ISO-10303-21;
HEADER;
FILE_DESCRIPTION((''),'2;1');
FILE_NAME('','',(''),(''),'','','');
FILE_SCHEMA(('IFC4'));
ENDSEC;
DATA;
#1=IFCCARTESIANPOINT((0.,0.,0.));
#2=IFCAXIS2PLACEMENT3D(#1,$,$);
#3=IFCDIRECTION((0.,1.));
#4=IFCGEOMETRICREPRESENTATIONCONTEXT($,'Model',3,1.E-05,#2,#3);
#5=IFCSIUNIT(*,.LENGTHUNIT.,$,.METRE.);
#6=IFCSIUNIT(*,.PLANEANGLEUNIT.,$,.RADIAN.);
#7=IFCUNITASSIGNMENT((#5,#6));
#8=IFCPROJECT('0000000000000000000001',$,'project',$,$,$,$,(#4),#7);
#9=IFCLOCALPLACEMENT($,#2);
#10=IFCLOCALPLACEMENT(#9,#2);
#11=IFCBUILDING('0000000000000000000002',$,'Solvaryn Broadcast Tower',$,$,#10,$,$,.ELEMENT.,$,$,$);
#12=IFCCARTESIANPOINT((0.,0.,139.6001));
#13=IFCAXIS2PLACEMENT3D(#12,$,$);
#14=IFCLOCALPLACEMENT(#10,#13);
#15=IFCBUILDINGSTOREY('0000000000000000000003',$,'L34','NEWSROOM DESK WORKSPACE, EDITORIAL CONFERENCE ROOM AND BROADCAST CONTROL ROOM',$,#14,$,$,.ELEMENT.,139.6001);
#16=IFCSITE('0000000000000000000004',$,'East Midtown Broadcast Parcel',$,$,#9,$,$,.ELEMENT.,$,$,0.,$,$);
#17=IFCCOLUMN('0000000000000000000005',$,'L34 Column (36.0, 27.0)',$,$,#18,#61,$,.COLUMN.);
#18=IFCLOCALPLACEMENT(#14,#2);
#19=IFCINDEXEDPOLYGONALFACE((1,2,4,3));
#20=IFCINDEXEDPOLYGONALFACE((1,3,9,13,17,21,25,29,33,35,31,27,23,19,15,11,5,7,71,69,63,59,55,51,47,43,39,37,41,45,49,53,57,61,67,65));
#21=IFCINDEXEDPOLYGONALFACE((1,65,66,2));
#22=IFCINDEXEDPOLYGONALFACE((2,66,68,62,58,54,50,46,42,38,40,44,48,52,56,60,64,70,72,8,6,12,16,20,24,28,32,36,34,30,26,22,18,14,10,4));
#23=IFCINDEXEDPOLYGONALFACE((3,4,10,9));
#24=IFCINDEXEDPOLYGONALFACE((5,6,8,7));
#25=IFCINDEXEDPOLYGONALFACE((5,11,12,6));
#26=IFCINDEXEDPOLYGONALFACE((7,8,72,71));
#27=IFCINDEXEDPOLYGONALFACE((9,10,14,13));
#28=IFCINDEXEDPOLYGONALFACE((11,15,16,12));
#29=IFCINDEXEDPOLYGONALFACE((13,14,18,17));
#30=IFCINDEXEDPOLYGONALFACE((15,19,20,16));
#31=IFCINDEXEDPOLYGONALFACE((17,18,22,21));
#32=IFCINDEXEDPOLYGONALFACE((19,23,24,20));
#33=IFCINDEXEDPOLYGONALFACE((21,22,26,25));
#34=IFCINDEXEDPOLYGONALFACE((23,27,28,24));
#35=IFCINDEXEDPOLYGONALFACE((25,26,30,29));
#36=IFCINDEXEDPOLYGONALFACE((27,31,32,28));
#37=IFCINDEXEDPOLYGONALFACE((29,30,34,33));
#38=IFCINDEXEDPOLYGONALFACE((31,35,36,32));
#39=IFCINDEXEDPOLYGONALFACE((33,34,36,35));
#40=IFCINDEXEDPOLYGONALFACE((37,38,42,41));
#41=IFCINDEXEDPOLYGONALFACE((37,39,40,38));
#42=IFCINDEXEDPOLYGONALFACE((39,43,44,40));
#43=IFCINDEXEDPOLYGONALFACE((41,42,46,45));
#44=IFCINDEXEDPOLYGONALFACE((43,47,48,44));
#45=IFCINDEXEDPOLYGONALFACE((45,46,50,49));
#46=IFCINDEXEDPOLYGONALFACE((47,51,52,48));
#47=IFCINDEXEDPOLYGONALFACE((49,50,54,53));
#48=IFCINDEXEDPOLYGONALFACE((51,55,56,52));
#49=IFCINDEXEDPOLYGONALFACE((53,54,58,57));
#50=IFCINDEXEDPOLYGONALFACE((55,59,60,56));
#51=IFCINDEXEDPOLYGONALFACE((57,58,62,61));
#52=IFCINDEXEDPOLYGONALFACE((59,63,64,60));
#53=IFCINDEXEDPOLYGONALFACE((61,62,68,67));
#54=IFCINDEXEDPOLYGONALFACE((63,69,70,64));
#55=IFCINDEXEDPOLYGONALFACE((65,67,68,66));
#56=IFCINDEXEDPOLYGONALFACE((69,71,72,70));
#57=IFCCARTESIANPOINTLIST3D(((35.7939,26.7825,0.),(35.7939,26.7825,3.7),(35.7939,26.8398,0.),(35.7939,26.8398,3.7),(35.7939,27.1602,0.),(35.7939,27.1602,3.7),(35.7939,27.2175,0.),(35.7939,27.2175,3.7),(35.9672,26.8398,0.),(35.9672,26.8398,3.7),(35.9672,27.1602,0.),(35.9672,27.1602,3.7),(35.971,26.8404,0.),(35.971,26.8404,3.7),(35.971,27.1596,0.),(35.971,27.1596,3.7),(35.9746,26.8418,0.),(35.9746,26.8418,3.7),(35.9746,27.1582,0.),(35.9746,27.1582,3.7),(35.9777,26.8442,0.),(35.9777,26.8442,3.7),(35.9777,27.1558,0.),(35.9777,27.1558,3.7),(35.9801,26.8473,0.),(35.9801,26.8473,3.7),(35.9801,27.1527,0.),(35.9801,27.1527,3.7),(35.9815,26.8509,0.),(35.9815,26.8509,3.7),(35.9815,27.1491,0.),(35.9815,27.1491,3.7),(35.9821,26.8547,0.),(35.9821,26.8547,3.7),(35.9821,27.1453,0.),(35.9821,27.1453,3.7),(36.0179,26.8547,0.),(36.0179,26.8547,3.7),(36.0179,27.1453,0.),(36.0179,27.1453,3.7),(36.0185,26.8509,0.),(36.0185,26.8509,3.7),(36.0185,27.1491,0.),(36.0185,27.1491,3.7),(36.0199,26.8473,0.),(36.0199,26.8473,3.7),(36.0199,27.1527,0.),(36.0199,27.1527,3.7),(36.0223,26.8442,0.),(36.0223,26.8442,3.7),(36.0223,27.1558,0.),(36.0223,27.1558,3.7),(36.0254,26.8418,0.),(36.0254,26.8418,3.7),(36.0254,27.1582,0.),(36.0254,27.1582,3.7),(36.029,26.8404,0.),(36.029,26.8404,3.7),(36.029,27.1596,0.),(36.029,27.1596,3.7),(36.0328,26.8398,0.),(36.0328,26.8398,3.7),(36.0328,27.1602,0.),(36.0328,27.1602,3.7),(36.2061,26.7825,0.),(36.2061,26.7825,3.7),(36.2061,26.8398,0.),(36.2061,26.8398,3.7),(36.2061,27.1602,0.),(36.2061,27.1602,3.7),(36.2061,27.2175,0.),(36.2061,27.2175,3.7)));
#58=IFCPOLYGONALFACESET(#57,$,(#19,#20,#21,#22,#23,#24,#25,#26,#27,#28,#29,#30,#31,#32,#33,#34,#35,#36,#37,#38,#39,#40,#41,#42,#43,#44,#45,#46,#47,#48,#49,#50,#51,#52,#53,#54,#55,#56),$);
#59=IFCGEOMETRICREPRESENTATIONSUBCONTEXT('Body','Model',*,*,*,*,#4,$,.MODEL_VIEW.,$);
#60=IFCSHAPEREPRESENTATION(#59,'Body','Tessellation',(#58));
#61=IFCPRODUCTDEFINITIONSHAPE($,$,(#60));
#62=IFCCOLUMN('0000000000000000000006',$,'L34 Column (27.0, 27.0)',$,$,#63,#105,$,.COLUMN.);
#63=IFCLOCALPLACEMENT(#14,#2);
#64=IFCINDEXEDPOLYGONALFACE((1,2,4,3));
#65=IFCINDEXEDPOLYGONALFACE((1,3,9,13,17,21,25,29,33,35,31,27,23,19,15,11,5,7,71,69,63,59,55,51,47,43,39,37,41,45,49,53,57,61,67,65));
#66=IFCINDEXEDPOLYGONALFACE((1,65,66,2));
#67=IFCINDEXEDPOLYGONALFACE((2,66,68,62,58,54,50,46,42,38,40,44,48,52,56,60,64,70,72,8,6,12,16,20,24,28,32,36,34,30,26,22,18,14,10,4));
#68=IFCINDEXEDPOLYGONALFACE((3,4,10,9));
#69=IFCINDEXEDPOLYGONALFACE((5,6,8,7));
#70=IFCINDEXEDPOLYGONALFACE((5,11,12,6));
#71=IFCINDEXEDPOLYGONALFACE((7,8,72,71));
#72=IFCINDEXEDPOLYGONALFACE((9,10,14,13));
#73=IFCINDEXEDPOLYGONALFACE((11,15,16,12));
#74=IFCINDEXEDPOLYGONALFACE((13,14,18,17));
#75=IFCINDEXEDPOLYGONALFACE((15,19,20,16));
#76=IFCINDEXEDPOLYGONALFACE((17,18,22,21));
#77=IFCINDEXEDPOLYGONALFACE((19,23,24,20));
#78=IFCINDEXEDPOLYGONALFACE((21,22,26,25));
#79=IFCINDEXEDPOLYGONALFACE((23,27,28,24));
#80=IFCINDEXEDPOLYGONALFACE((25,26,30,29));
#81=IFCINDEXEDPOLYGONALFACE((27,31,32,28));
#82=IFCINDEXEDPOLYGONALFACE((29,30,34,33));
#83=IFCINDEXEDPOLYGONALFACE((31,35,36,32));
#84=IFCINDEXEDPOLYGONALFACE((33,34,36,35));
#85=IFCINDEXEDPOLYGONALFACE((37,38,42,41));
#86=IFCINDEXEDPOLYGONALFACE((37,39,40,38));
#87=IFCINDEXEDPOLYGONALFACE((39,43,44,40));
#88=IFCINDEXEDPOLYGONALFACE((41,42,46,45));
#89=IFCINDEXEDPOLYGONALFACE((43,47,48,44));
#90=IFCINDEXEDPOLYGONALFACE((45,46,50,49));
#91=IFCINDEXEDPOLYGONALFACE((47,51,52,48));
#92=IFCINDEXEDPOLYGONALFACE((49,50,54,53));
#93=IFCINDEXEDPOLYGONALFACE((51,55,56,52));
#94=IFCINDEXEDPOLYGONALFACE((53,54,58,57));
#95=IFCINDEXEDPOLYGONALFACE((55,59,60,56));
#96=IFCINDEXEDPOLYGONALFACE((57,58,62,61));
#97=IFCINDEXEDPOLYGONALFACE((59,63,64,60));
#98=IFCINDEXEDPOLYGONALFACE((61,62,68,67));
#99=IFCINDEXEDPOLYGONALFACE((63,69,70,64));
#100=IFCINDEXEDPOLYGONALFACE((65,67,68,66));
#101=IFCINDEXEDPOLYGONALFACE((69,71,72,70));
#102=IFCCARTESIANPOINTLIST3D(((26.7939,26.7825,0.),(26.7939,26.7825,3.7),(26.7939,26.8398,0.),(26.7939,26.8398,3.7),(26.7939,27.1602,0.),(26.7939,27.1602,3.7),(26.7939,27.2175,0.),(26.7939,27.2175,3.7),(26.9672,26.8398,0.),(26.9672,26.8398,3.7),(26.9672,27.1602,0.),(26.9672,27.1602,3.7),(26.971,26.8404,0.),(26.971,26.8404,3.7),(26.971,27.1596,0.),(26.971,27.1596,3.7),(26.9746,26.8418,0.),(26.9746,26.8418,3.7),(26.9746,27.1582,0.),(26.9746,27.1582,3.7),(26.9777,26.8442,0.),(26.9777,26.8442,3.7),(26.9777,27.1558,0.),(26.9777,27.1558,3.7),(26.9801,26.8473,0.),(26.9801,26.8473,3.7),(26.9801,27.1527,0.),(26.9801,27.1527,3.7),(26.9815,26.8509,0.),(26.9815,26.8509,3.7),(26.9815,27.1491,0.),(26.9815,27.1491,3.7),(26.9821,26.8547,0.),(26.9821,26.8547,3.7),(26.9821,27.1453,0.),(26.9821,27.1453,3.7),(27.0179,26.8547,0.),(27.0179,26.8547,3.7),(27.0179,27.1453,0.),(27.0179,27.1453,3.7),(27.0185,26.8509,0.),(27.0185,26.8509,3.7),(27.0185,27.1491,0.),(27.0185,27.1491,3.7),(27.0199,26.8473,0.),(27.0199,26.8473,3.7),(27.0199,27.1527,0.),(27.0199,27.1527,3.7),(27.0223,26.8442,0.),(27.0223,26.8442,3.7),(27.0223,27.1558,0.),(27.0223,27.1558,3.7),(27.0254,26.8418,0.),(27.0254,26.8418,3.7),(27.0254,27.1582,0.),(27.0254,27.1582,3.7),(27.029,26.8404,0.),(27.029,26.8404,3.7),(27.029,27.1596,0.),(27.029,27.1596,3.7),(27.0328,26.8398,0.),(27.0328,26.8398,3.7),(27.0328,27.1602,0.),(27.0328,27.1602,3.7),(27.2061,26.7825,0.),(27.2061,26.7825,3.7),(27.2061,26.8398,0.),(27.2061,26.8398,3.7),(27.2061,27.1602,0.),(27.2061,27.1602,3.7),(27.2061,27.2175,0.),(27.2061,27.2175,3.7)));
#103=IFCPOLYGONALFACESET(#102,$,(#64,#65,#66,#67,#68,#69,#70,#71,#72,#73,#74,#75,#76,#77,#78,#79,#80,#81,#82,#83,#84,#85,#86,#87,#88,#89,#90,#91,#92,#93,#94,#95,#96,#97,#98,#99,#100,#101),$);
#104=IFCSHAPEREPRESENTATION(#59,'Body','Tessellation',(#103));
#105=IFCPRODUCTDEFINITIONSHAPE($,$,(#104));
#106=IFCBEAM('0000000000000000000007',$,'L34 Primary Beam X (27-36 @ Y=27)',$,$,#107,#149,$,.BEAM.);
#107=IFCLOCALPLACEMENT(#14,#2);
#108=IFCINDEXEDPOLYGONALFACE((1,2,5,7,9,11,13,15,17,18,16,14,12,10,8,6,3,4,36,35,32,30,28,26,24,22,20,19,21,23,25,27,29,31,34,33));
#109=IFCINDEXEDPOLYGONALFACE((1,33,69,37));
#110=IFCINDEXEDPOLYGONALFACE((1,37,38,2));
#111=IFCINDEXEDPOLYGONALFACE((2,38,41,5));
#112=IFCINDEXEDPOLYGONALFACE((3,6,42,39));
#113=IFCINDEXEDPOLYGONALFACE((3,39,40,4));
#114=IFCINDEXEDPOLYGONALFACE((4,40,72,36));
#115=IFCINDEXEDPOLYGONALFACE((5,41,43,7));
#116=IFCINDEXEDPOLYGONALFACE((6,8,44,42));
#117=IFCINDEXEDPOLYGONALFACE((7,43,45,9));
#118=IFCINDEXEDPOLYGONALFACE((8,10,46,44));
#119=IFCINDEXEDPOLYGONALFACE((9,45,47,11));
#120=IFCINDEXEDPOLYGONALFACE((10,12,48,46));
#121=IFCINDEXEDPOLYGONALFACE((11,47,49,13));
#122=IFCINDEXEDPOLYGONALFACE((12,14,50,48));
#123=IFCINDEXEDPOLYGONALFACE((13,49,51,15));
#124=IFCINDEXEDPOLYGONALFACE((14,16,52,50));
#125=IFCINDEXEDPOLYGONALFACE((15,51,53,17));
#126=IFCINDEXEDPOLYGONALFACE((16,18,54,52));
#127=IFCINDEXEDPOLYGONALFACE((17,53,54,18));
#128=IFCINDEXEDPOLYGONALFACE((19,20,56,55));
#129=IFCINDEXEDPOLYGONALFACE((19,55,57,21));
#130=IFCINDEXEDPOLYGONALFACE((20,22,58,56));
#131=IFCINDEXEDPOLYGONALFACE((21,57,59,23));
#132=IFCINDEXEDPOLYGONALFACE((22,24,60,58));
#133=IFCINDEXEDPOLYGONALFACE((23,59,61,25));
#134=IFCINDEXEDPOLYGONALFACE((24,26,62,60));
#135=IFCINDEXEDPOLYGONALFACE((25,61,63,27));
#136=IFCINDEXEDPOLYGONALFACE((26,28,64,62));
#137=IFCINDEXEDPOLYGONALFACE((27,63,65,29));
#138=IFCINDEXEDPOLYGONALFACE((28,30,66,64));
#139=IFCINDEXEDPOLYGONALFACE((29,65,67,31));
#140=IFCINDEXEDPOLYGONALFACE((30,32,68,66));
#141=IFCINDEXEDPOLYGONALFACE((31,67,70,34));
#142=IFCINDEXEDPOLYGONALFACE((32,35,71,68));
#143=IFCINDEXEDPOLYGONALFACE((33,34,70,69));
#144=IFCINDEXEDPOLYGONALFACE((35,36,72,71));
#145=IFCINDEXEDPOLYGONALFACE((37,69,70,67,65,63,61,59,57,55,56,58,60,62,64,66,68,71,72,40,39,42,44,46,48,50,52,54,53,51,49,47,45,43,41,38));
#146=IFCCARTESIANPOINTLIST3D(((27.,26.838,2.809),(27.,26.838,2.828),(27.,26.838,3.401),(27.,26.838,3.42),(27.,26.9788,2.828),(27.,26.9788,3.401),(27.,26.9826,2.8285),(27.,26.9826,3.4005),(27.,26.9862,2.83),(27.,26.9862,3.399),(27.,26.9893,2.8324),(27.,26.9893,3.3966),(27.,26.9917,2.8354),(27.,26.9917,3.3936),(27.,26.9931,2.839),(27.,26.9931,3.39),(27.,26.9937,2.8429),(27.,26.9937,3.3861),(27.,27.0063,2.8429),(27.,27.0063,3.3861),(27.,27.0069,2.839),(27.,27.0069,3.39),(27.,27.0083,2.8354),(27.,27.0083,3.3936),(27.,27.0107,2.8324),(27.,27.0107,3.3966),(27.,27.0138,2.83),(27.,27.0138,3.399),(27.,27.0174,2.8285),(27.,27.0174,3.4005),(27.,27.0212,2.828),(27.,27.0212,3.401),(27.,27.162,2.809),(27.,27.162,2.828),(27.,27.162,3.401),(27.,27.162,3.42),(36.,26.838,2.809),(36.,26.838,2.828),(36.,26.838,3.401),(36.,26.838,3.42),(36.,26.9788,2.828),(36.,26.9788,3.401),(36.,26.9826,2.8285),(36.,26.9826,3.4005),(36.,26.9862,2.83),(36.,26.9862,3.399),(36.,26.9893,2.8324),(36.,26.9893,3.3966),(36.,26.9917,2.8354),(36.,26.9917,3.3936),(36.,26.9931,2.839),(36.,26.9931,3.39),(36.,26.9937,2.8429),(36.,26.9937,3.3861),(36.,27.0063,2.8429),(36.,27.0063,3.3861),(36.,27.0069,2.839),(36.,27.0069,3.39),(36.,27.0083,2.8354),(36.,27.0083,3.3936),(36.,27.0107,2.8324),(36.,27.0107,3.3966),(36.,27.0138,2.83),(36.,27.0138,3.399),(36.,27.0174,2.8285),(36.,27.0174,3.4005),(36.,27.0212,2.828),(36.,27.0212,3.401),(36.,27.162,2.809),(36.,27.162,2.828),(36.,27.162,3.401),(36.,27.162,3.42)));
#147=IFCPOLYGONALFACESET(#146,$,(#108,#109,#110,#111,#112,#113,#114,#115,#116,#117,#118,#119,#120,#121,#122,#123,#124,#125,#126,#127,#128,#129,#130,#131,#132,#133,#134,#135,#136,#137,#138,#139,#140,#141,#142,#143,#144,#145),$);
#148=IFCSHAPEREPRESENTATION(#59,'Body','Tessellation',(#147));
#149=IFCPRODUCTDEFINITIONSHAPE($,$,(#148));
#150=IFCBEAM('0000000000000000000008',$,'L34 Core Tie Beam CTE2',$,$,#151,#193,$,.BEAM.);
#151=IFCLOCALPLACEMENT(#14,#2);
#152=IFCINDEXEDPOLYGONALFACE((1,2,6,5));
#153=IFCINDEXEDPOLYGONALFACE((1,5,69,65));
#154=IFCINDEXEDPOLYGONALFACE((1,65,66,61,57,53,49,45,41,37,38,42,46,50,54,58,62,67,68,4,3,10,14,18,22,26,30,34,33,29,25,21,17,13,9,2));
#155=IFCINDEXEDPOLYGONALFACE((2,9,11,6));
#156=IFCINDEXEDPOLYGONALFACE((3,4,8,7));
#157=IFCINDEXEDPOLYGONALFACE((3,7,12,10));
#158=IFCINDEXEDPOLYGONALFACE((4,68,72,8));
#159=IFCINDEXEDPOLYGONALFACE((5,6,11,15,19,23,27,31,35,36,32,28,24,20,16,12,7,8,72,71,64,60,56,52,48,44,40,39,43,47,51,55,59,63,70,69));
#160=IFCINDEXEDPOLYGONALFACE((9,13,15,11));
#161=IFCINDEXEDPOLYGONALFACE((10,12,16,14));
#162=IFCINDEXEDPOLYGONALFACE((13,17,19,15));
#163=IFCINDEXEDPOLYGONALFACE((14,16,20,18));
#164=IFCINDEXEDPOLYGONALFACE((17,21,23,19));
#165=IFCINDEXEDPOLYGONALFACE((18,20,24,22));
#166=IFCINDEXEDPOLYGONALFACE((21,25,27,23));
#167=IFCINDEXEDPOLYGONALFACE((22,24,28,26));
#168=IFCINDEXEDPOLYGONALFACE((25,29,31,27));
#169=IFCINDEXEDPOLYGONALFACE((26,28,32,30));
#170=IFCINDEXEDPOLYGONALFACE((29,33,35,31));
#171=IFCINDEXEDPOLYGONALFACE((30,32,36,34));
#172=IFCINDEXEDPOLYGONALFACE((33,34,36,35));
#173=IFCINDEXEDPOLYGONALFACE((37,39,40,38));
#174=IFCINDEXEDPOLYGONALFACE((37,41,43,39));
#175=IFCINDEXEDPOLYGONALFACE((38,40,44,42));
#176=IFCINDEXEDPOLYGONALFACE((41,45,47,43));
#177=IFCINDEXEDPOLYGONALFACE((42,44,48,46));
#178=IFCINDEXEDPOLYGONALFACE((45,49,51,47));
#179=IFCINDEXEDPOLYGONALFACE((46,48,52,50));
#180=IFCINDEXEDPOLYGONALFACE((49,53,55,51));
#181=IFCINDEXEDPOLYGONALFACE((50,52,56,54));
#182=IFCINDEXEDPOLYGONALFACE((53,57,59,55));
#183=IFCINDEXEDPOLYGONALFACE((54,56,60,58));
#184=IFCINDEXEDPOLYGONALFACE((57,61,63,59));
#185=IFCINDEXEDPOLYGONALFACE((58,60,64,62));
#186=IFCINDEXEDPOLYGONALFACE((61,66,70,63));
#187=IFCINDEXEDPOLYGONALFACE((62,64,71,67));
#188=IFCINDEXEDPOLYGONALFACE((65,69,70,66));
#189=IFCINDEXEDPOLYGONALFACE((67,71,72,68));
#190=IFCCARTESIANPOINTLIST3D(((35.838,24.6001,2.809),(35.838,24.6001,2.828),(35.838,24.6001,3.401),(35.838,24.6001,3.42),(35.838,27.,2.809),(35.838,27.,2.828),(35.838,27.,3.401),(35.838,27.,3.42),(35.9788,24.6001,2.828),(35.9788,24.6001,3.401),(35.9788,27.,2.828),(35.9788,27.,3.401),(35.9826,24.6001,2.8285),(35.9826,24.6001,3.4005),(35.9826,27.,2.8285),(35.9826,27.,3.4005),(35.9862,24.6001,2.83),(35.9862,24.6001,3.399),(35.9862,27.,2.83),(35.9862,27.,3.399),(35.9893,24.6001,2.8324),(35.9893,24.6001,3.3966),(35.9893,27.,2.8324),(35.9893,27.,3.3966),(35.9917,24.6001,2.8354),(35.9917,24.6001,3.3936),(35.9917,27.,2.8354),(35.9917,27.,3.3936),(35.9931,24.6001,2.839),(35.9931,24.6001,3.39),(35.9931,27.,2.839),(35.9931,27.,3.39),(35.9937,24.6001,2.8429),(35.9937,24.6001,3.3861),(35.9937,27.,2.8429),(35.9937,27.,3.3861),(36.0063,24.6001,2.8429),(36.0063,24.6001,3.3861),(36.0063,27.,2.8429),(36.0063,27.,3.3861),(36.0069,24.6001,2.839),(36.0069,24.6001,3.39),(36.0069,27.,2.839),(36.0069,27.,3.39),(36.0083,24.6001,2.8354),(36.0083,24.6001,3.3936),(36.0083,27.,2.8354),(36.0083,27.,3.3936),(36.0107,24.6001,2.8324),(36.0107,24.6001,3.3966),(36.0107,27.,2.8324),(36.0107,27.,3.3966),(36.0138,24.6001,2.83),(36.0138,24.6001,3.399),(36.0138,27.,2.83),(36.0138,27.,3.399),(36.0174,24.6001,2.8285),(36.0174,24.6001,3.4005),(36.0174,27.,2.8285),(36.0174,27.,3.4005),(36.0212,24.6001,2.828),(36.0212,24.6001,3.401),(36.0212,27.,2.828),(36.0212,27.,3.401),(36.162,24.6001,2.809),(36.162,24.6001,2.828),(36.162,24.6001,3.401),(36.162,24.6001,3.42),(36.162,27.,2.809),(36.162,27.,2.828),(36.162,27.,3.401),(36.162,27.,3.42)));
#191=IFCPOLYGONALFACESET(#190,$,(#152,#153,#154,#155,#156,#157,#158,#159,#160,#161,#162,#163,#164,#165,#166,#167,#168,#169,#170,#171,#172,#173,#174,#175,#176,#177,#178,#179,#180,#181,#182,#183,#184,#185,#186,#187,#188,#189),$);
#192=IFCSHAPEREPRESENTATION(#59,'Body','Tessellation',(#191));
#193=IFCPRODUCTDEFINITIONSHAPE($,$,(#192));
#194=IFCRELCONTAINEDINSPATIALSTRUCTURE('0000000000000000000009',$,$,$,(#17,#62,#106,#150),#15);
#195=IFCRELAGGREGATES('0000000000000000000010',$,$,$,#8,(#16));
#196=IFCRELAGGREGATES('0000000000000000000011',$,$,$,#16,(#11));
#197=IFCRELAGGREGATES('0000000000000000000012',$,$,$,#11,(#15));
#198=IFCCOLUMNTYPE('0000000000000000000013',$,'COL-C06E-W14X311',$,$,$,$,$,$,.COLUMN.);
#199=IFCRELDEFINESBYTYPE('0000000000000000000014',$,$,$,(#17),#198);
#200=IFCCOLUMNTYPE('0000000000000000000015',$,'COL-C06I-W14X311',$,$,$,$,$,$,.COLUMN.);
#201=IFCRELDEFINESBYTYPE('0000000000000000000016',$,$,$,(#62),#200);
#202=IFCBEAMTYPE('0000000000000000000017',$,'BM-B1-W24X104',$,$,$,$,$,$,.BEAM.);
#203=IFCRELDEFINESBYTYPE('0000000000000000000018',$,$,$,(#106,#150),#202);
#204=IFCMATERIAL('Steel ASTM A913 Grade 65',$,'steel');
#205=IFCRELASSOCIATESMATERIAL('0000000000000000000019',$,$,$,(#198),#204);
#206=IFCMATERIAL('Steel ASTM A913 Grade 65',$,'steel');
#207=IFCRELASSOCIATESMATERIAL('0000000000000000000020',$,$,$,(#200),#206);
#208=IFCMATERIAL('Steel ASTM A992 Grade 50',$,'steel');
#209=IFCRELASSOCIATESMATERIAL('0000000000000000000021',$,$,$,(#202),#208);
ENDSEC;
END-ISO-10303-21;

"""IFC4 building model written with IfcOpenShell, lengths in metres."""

from ifc_helpers import new_model, si_unit, direction, frame, origin, origin_2d, place, context, subcontext, project, spatial, i_section, extrude, material, material_profile, profile_set, type_object, element, save


model = new_model("IFC4")

# Units and contexts
model_context = context("Model", 3, precision=1e-05, world=origin(), true_north=direction((0.0, 1.0)))
body_context = subcontext(model_context, "Body", "Model", "MODEL_VIEW")
ifc_project = project(units=[si_unit("LENGTHUNIT", "METRE"), si_unit("PLANEANGLEUNIT", "RADIAN")], contexts=[model_context])

# Site, building, storey
site_placement = place(None, origin())
site = spatial("IfcSite", under=ifc_project, at=site_placement, Name="East Midtown Broadcast Parcel", CompositionType="ELEMENT", RefElevation=0.0)
building_placement = place(site_placement, origin())
building = spatial("IfcBuilding", under=site, at=building_placement, Name="Solvaryn Broadcast Tower", CompositionType="ELEMENT")
storey_placement = place(building_placement, frame((0.0, 0.0, 139.6001)))
storey = spatial("IfcBuildingStorey", under=building, at=storey_placement, Name="L34", Description="NEWSROOM DESK WORKSPACE, EDITORIAL CONFERENCE ROOM AND BROADCAST CONTROL ROOM", CompositionType="ELEMENT", Elevation=139.6001)

# Columns
ifc_material_1 = material(Name="Steel ASTM A913 Grade 65", Category="steel")
ifc_material_profile_1 = material_profile(ifc_material_1, i_section(OverallWidth=0.4121, OverallDepth=0.4351, WebThickness=0.0359, FlangeThickness=0.0574, FilletRadius=0.0149, at=origin_2d()))
ifc_profile_set_1 = profile_set([ifc_material_profile_1], Name="Steel ASTM A913 Grade 65")
column_type_1 = type_object("IfcColumnType", Name="COL-C06E-W14X311", PredefinedType="COLUMN", material=ifc_profile_set_1)
column_1_placement = place(storey_placement, frame((36.0, 27.0, 0.0), z_axis=(0.0, 0.0, 1.0), x_axis=(1.0, 0.0, 0.0)))
element("IfcColumn", 1, at=column_1_placement, inside=storey, type_object=column_type_1, Name="L34 Column (36.0, 27.0)", PredefinedType="COLUMN", context=body_context, shape_type="SweptSolid", body=[
    extrude(i_section(OverallWidth=0.4121, OverallDepth=0.4351, WebThickness=0.0359, FlangeThickness=0.0574, FilletRadius=0.0149, at=origin_2d()), origin(), (0.0, 0.0, 1.0), 3.7),
])
ifc_material_2 = material(Name="Steel ASTM A913 Grade 65", Category="steel")
ifc_material_profile_2 = material_profile(ifc_material_2, i_section(OverallWidth=0.4121, OverallDepth=0.4351, WebThickness=0.0359, FlangeThickness=0.0574, FilletRadius=0.0149, at=origin_2d()))
ifc_profile_set_2 = profile_set([ifc_material_profile_2], Name="Steel ASTM A913 Grade 65")
column_type_2 = type_object("IfcColumnType", Name="COL-C06I-W14X311", PredefinedType="COLUMN", material=ifc_profile_set_2)
column_2_placement = place(storey_placement, frame((27.0, 27.0, 0.0), z_axis=(0.0, 0.0, 1.0), x_axis=(1.0, 0.0, 0.0)))
element("IfcColumn", 2, at=column_2_placement, inside=storey, type_object=column_type_2, Name="L34 Column (27.0, 27.0)", PredefinedType="COLUMN", context=body_context, shape_type="SweptSolid", body=[
    extrude(i_section(OverallWidth=0.4121, OverallDepth=0.4351, WebThickness=0.0359, FlangeThickness=0.0574, FilletRadius=0.0149, at=origin_2d()), origin(), (0.0, 0.0, 1.0), 3.7),
])

# Beams
ifc_material_3 = material(Name="Steel ASTM A992 Grade 50", Category="steel")
ifc_material_profile_3 = material_profile(ifc_material_3, i_section(OverallWidth=0.324, OverallDepth=0.6111, WebThickness=0.0127, FlangeThickness=0.019, FilletRadius=0.0149, at=origin_2d()))
ifc_profile_set_3 = profile_set([ifc_material_profile_3], Name="Steel ASTM A992 Grade 50")
beam_type_1 = type_object("IfcBeamType", Name="BM-B1-W24X104", PredefinedType="BEAM", material=ifc_profile_set_3)
beam_1_placement = place(storey_placement, frame((27.0, 27.0, 3.1145), z_axis=(1.0, 0.0, 0.0), x_axis=(0.0, 1.0, 0.0)))
element("IfcBeam", 3, at=beam_1_placement, inside=storey, type_object=beam_type_1, Name="L34 Primary Beam X (27-36 @ Y=27)", PredefinedType="BEAM", context=body_context, shape_type="SweptSolid", body=[
    extrude(i_section(OverallWidth=0.324, OverallDepth=0.6111, WebThickness=0.0127, FlangeThickness=0.019, FilletRadius=0.0149, at=origin_2d()), origin(), (0.0, 0.0, 1.0), 9.0),
])
beam_2_placement = place(storey_placement, frame((36.0, 24.6001, 3.1145), z_axis=(0.0, 1.0, 0.0), x_axis=(-1.0, 0.0, 0.0)))
element("IfcBeam", 4, at=beam_2_placement, inside=storey, type_object=beam_type_1, Name="L34 Core Tie Beam CTE2", PredefinedType="BEAM", context=body_context, shape_type="SweptSolid", body=[
    extrude(i_section(OverallWidth=0.324, OverallDepth=0.6111, WebThickness=0.0127, FlangeThickness=0.019, FilletRadius=0.0149, at=origin_2d()), origin(), (0.0, 0.0, 1.0), 2.3999),
])

save(model, "model.ifc")
